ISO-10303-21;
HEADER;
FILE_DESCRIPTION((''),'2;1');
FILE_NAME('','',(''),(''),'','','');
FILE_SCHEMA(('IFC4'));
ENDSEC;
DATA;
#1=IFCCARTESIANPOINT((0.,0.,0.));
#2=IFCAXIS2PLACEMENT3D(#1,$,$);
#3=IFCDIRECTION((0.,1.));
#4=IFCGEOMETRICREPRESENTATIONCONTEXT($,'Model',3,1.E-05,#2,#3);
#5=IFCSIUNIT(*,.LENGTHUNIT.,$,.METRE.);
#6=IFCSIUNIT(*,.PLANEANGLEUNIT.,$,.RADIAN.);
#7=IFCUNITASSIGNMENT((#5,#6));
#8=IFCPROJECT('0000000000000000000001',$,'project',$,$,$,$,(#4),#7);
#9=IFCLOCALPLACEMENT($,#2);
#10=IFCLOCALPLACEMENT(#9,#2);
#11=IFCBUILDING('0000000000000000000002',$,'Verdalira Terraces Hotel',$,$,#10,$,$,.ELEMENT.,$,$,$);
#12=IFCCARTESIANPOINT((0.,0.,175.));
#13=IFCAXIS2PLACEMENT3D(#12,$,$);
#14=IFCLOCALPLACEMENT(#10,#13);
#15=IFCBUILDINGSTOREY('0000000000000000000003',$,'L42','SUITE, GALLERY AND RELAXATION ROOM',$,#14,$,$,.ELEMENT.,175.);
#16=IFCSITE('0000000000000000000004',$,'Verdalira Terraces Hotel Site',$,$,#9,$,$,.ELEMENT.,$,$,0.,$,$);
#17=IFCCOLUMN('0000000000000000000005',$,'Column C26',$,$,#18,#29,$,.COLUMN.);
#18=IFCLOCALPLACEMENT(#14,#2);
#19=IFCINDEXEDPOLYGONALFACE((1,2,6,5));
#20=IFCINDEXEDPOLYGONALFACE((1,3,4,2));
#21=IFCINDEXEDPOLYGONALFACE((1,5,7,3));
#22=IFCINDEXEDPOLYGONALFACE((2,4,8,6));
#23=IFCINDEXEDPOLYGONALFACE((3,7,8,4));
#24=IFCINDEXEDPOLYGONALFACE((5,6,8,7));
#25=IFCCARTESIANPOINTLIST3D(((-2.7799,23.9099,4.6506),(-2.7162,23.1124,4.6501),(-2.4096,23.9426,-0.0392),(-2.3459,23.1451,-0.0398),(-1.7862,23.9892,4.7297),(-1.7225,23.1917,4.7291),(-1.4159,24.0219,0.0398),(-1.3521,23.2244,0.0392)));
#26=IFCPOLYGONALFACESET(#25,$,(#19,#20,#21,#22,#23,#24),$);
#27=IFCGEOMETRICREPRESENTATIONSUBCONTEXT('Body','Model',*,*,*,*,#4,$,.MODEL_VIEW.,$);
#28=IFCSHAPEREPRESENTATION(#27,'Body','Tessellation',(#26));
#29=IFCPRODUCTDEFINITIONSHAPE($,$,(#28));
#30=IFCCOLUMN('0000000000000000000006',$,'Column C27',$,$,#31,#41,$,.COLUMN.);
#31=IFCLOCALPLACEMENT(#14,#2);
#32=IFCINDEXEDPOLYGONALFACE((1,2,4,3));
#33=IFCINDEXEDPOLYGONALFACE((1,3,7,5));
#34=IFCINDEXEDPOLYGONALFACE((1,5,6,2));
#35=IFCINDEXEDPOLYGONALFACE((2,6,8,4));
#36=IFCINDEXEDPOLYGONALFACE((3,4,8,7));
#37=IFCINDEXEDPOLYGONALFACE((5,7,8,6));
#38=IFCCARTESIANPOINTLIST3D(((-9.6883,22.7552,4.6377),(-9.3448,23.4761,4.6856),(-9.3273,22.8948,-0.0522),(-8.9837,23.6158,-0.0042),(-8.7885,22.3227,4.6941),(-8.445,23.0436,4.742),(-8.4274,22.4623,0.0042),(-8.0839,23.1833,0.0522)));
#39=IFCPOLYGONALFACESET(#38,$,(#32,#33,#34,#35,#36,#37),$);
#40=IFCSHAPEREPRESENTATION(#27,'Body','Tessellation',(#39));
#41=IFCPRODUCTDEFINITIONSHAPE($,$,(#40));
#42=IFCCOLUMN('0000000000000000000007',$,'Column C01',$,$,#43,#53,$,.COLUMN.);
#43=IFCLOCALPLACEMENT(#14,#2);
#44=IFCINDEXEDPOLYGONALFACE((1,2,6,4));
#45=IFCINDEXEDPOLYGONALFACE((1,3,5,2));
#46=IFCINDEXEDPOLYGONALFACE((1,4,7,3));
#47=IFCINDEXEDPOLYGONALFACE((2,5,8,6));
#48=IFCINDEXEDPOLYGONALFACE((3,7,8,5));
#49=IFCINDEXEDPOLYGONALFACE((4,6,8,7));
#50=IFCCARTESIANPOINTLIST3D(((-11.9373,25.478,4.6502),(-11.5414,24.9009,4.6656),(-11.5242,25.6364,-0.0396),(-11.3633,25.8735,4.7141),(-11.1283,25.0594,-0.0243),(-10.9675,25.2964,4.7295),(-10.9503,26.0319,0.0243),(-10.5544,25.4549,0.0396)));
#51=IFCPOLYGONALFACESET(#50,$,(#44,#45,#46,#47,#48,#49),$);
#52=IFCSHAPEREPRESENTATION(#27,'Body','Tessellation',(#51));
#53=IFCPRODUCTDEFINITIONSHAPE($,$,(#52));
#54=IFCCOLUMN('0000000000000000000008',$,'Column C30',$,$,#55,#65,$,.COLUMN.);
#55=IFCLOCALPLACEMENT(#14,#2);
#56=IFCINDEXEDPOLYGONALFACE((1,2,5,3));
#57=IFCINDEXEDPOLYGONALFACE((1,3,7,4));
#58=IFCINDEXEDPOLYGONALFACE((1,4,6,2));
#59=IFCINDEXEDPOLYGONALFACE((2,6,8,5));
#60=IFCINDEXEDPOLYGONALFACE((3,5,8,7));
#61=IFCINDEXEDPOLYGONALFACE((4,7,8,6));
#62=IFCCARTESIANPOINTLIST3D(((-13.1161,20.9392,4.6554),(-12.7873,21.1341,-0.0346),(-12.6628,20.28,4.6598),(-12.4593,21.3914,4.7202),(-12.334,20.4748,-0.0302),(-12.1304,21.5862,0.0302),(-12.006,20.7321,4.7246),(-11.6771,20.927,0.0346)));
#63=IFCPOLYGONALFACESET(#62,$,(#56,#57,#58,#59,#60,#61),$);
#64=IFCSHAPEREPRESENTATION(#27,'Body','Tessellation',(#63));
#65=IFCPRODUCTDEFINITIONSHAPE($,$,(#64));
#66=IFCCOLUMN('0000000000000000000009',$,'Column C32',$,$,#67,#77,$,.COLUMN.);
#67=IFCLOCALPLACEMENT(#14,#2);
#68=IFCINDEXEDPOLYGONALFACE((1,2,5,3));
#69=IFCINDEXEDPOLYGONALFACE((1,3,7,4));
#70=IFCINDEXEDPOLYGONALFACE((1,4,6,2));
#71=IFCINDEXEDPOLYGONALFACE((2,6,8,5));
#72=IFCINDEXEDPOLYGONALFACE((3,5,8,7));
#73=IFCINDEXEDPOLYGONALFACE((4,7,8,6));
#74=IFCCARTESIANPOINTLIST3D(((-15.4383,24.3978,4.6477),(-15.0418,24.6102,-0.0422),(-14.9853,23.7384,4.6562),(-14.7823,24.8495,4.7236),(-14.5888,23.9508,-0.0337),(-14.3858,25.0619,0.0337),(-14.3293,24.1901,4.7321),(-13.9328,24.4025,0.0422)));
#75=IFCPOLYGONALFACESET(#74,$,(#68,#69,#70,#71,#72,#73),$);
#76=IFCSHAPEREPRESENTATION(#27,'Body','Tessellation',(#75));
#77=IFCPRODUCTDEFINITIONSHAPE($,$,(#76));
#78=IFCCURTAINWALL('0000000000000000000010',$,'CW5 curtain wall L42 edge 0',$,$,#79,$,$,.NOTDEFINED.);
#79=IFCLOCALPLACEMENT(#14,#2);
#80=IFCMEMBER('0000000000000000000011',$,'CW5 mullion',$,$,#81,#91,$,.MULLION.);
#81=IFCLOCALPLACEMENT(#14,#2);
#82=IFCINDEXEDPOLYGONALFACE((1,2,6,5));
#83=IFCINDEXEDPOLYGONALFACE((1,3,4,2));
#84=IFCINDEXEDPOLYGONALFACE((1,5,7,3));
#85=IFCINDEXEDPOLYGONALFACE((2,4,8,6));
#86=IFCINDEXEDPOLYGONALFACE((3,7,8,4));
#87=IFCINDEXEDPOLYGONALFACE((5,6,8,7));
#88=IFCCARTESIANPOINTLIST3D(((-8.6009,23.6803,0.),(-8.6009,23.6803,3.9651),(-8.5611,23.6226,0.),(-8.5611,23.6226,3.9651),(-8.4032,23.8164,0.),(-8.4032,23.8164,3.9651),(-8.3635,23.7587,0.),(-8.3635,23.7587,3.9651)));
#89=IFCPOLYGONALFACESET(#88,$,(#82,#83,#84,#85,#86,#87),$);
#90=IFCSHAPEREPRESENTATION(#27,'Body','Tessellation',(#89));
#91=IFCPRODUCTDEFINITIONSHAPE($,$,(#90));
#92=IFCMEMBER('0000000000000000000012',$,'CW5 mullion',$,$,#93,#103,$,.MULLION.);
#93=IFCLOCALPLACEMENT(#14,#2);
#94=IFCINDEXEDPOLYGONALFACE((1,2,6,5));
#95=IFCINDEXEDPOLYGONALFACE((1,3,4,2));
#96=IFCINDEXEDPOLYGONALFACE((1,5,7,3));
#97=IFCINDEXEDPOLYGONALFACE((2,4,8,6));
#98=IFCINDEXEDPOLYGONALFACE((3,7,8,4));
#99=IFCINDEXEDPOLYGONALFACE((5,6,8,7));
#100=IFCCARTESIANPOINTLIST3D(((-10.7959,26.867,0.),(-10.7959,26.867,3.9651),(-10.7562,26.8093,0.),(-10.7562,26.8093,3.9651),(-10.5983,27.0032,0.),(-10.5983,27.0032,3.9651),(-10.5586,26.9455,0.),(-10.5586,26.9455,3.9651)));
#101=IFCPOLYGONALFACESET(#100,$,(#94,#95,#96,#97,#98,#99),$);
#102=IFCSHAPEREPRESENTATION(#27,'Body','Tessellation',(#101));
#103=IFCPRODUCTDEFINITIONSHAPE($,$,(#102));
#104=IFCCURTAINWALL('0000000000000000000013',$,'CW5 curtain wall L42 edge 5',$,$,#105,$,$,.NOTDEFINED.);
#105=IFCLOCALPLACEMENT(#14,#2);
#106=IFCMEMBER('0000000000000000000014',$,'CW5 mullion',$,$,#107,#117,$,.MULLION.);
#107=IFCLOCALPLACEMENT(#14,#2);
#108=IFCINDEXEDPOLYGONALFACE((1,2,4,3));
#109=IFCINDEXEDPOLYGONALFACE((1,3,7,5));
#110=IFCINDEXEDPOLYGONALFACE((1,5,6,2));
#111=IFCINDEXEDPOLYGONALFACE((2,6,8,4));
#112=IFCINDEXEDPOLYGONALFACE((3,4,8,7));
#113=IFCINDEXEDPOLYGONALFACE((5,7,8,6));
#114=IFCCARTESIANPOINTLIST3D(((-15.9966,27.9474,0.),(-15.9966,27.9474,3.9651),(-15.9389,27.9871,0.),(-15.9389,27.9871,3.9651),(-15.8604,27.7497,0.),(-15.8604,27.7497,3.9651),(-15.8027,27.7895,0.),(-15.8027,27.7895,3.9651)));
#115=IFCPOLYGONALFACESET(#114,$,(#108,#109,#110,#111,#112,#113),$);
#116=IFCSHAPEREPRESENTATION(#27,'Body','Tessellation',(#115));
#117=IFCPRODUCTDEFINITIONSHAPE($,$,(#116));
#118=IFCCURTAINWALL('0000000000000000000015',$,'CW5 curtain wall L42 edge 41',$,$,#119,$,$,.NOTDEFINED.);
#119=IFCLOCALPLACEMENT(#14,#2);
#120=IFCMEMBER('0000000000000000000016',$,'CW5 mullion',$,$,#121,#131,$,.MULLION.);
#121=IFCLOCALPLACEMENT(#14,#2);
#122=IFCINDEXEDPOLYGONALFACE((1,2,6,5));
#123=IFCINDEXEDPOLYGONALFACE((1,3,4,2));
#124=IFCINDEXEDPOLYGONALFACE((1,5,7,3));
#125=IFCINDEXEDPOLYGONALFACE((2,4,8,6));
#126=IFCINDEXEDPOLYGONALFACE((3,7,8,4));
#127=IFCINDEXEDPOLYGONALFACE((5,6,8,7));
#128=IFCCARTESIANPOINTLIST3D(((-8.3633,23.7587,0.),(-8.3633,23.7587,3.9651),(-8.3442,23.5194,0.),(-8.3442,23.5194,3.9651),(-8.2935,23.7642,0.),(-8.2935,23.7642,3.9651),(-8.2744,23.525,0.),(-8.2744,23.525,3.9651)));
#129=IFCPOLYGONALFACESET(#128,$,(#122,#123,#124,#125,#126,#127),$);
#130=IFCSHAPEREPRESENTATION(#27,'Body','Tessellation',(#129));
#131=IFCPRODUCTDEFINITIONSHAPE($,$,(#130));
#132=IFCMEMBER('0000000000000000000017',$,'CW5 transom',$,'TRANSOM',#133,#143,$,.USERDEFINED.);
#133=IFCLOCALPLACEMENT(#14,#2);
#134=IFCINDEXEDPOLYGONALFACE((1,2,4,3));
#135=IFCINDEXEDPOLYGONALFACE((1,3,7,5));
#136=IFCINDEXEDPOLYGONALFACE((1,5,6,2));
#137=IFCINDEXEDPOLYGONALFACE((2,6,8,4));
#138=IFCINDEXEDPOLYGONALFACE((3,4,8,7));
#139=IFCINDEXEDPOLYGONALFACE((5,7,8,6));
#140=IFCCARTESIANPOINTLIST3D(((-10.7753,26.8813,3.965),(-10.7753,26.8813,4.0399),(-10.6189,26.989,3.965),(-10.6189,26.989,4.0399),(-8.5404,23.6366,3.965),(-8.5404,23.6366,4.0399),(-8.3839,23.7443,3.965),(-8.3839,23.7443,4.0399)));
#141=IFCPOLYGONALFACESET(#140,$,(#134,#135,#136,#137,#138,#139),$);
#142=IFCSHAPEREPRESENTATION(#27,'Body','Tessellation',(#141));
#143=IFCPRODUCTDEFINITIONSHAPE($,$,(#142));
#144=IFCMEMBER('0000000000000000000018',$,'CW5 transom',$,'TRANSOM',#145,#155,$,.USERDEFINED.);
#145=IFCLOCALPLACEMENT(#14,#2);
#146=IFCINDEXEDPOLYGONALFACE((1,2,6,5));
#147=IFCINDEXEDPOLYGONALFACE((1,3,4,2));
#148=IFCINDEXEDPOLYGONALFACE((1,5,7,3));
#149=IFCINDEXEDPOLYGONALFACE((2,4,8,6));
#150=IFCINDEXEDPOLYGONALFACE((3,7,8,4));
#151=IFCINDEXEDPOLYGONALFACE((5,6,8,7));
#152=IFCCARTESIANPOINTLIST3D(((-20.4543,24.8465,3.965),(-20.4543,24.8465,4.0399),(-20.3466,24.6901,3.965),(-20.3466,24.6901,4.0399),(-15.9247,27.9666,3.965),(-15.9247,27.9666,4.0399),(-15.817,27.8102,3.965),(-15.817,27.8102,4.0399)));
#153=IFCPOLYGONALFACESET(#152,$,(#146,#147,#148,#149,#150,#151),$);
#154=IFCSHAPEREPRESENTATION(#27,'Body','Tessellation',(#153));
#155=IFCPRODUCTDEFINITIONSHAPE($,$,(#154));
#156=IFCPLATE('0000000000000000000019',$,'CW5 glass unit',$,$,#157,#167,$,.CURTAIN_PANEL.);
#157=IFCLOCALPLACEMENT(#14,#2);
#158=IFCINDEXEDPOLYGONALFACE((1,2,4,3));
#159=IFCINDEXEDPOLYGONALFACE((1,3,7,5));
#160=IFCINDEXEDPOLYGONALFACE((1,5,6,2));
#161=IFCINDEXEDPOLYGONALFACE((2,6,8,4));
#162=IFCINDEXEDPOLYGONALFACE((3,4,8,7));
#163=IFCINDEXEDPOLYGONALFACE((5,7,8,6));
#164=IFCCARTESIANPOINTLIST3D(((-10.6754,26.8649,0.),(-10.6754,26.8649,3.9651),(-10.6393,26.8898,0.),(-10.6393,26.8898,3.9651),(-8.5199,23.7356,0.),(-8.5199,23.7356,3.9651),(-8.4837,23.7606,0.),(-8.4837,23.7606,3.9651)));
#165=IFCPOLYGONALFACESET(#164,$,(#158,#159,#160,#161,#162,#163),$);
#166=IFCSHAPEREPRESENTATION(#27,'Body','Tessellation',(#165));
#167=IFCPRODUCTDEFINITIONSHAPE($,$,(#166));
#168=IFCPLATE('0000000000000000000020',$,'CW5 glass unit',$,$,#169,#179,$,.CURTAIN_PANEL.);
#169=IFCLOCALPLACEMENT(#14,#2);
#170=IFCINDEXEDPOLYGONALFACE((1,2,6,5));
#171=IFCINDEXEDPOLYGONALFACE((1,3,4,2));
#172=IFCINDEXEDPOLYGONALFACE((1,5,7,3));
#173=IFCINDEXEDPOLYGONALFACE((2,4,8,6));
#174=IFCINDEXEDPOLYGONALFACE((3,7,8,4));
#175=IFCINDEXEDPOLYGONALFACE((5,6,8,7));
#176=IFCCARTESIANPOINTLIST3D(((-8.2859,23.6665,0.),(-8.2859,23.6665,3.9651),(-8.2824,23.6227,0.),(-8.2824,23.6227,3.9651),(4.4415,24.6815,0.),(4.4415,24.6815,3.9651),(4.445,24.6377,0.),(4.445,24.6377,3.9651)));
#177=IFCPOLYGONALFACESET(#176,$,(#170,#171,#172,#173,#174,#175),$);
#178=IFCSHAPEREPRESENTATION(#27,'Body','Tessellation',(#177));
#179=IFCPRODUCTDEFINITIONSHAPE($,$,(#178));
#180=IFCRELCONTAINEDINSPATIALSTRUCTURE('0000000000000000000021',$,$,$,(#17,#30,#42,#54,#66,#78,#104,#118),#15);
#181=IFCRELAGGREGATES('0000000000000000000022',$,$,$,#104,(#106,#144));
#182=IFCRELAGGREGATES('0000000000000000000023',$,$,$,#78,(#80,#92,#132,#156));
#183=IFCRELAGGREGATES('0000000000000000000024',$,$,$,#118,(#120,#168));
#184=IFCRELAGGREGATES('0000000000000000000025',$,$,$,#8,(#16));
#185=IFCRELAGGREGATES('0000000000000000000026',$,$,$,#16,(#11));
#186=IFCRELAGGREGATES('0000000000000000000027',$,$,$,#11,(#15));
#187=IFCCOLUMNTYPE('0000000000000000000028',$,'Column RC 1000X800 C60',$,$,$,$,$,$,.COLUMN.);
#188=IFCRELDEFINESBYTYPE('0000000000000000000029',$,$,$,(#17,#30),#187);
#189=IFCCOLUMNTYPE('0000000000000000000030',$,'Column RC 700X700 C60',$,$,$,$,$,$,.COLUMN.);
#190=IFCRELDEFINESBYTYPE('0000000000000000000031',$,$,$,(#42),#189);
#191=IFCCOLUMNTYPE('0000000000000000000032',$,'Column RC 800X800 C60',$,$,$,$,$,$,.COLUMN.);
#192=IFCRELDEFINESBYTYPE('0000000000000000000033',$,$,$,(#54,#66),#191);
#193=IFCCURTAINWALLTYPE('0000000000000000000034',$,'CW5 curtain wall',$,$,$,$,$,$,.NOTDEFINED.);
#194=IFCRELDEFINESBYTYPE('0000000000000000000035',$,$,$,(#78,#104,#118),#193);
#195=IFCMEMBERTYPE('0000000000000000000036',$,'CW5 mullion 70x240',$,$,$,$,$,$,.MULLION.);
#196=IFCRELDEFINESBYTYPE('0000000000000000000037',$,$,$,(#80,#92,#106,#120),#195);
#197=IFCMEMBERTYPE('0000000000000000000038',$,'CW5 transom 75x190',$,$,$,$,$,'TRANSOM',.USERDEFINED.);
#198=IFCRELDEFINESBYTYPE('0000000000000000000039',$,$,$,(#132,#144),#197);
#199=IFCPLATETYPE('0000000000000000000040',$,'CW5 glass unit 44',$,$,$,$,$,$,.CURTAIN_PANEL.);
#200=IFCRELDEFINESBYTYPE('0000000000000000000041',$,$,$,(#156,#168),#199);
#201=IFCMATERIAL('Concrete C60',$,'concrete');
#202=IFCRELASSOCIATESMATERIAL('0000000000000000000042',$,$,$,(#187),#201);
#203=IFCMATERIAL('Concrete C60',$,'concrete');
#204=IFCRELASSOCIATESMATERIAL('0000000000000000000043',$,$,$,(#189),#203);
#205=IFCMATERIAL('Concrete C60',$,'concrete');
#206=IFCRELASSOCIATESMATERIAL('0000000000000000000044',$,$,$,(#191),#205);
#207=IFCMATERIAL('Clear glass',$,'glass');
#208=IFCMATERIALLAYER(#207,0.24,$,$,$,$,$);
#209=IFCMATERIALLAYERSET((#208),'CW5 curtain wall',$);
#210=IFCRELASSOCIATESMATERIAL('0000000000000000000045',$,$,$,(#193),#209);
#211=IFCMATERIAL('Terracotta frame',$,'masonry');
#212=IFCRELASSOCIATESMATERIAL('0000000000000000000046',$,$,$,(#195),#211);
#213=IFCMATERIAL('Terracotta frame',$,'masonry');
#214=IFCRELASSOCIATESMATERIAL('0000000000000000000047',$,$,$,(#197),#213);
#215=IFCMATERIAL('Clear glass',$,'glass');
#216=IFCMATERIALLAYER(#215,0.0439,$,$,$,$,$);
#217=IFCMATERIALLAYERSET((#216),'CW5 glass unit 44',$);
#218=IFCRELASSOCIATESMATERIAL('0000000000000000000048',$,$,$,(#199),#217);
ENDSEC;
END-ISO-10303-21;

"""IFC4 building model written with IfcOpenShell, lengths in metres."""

from ifc_helpers import new_model, si_unit, direction, frame, origin, origin_2d, place, context, subcontext, project, spatial, rectangle, extrude, material, layer, layer_set, material_profile, profile_set, type_object, element, aggregate, save


model = new_model("IFC4")

# Units and contexts
model_context = context("Model", 3, precision=1e-05, world=origin(), true_north=direction((0.0, 1.0)))
body_context = subcontext(model_context, "Body", "Model", "MODEL_VIEW")
ifc_project = project(units=[si_unit("LENGTHUNIT", "METRE"), si_unit("PLANEANGLEUNIT", "RADIAN")], contexts=[model_context])

# Site, building, storey
site_placement = place(None, origin())
site = spatial("IfcSite", under=ifc_project, at=site_placement, Name="Verdalira Terraces Hotel Site", CompositionType="ELEMENT", RefElevation=0.0)
building_placement = place(site_placement, origin())
building = spatial("IfcBuilding", under=site, at=building_placement, Name="Verdalira Terraces Hotel", CompositionType="ELEMENT")
storey_placement = place(building_placement, frame((0.0, 0.0, 175.0)))
storey = spatial("IfcBuildingStorey", under=building, at=storey_placement, Name="L42", Description="SUITE, GALLERY AND RELAXATION ROOM", CompositionType="ELEMENT", Elevation=175.0)

# Columns
ifc_material_1 = material(Name="Concrete C60", Category="concrete")
ifc_material_profile_1 = material_profile(ifc_material_1, rectangle(XDim=1.0, YDim=0.8, at=origin_2d()), Name="RC 1000X800")
ifc_profile_set_1 = profile_set([ifc_material_profile_1], Name="Concrete C60")
column_type_1 = type_object("IfcColumnType", Name="Column RC 1000X800 C60", PredefinedType="COLUMN", material=ifc_profile_set_1)
column_1_placement = place(storey_placement, frame((-1.8809, 23.5835, 0.0), z_axis=(-0.078722, -0.006954, 0.996872), x_axis=(-0.99371, -0.07934, -0.079026)))
element("IfcColumn", 1, at=column_1_placement, inside=storey, type_object=column_type_1, Name="Column C26", PredefinedType="COLUMN", context=body_context, shape_type="SweptSolid", body=[
    extrude(rectangle(XDim=1.0, YDim=0.8, at=origin_2d()), origin(), (0.0, 0.0, 1.0), 4.7046),
])
column_2_placement = place(storey_placement, frame((-8.7056, 23.0391, 0.0), z_axis=(-0.07673, -0.029675, 0.99661), x_axis=(0.899869, -0.432498, 0.056404)))
element("IfcColumn", 2, at=column_2_placement, inside=storey, type_object=column_type_1, Name="Column C27", PredefinedType="COLUMN", context=body_context, shape_type="SweptSolid", body=[
    extrude(rectangle(XDim=1.0, YDim=0.8, at=origin_2d()), origin(), (0.0, 0.0, 1.0), 4.7058),
])
ifc_material_2 = material(Name="Concrete C60", Category="concrete")
ifc_material_profile_2 = material_profile(ifc_material_2, rectangle(XDim=0.7, YDim=0.7, at=origin_2d()), Name="RC 700X700")
ifc_profile_set_2 = profile_set([ifc_material_profile_2], Name="Concrete C60")
column_type_2 = type_object("IfcColumnType", Name="Column RC 700X700 C60", PredefinedType="COLUMN", material=ifc_profile_set_2)
column_3_placement = place(storey_placement, frame((-11.0393, 25.5457, 0.0), z_axis=(-0.08769, -0.033635, 0.99558), x_axis=(-0.565591, 0.824394, -0.021965)))
element("IfcColumn", 3, at=column_3_placement, inside=storey, type_object=column_type_2, Name="Column C01", PredefinedType="COLUMN", context=body_context, shape_type="SweptSolid", body=[
    extrude(rectangle(XDim=0.7, YDim=0.7, at=origin_2d()), origin(), (0.0, 0.0, 1.0), 4.7107),
])
ifc_material_3 = material(Name="Concrete C60", Category="concrete")
ifc_material_profile_3 = material_profile(ifc_material_3, rectangle(XDim=0.8, YDim=0.8, at=origin_2d()), Name="RC 800X800")
ifc_profile_set_3 = profile_set([ifc_material_profile_3], Name="Concrete C60")
column_type_3 = type_object("IfcColumnType", Name="Column RC 800X800 C60", PredefinedType="COLUMN", material=ifc_profile_set_3)
column_4_placement = place(storey_placement, frame((-12.2322, 21.0305, 0.0), z_axis=(-0.069888, -0.041404, 0.996695), x_axis=(-0.566602, 0.823974, -0.005501)))
element("IfcColumn", 4, at=column_4_placement, inside=storey, type_object=column_type_3, Name="Column C30", PredefinedType="COLUMN", context=body_context, shape_type="SweptSolid", body=[
    extrude(rectangle(XDim=0.8, YDim=0.8, at=origin_2d()), origin(), (0.0, 0.0, 1.0), 4.7056),
])
column_5_placement = place(storey_placement, frame((-14.4873, 24.5063, 0.0), z_axis=(-0.084153, -0.045082, 0.995432), x_axis=(-0.56623, 0.82418, -0.010543)))
element("IfcColumn", 5, at=column_5_placement, inside=storey, type_object=column_type_3, Name="Column C32", PredefinedType="COLUMN", context=body_context, shape_type="SweptSolid", body=[
    extrude(rectangle(XDim=0.8, YDim=0.8, at=origin_2d()), origin(), (0.0, 0.0, 1.0), 4.7114),
])

# Curtain wall, members
ifc_material_4 = material(Name="Clear glass", Category="glass")
ifc_layer_1 = layer(ifc_material_4, 0.24)
ifc_layer_set_1 = layer_set([ifc_layer_1], Name="CW5 curtain wall")
curtain_wall_type = type_object("IfcCurtainWallType", Name="CW5 curtain wall", PredefinedType="NOTDEFINED", material=ifc_layer_set_1)
curtain_wall_1_placement = place(storey_placement, origin())
curtain_wall_1 = element("IfcCurtainWall", 6, at=curtain_wall_1_placement, inside=storey, type_object=curtain_wall_type, Name="CW5 curtain wall L42 edge 0", PredefinedType="NOTDEFINED")
ifc_material_5 = material(Name="Terracotta frame", Category="masonry")
ifc_material_profile_4 = material_profile(ifc_material_5, rectangle(XDim=0.0701, YDim=0.24, at=origin_2d()), Name="MU 70x240")
ifc_profile_set_4 = profile_set([ifc_material_profile_4], Name="Terracotta frame")
member_type_1 = type_object("IfcMemberType", Name="CW5 mullion 70x240", PredefinedType="MULLION", material=ifc_profile_set_4)
member_1_placement = place(storey_placement, frame((-8.4822, 23.7195, 0.0), z_axis=(0.0, 0.0, 1.0), x_axis=(-0.567269, 0.823533, 0.0)))
member_1 = element("IfcMember", 7, at=member_1_placement, type_object=member_type_1, Name="CW5 mullion", PredefinedType="MULLION", context=body_context, shape_type="SweptSolid", body=[
    extrude(rectangle(XDim=0.0701, YDim=0.24, at=origin_2d()), origin(), (0.0, 0.0, 1.0), 3.9651),
])
member_2_placement = place(storey_placement, frame((-10.6772, 26.9062, 0.0), z_axis=(0.0, 0.0, 1.0), x_axis=(-0.567269, 0.823533, 0.0)))
member_2 = element("IfcMember", 8, at=member_2_placement, type_object=member_type_1, Name="CW5 mullion", PredefinedType="MULLION", context=body_context, shape_type="SweptSolid", body=[
    extrude(rectangle(XDim=0.0701, YDim=0.24, at=origin_2d()), origin(), (0.0, 0.0, 1.0), 3.9651),
])

# Curtain walls, members
curtain_wall_2_placement = place(storey_placement, origin())
curtain_wall_2 = element("IfcCurtainWall", 9, at=curtain_wall_2_placement, inside=storey, type_object=curtain_wall_type, Name="CW5 curtain wall L42 edge 5", PredefinedType="NOTDEFINED")
member_3_placement = place(storey_placement, frame((-15.8997, 27.8684, 0.0), z_axis=(0.0, 0.0, 1.0), x_axis=(-0.823533, -0.567269, 0.0)))
member_3 = element("IfcMember", 10, at=member_3_placement, type_object=member_type_1, Name="CW5 mullion", PredefinedType="MULLION", context=body_context, shape_type="SweptSolid", body=[
    extrude(rectangle(XDim=0.0701, YDim=0.24, at=origin_2d()), origin(), (0.0, 0.0, 1.0), 3.9651),
])
curtain_wall_3_placement = place(storey_placement, origin())
curtain_wall_3 = element("IfcCurtainWall", 11, at=curtain_wall_3_placement, inside=storey, type_object=curtain_wall_type, Name="CW5 curtain wall L42 edge 41", PredefinedType="NOTDEFINED")
member_4_placement = place(storey_placement, frame((-8.3188, 23.6418, 0.0), z_axis=(0.0, 0.0, 1.0), x_axis=(-0.996835, -0.079503, 0.0)))
member_4 = element("IfcMember", 12, at=member_4_placement, type_object=member_type_1, Name="CW5 mullion", PredefinedType="MULLION", context=body_context, shape_type="SweptSolid", body=[
    extrude(rectangle(XDim=0.0701, YDim=0.24, at=origin_2d()), origin(), (0.0, 0.0, 1.0), 3.9651),
])

# Members
ifc_material_6 = material(Name="Terracotta frame", Category="masonry")
ifc_material_profile_5 = material_profile(ifc_material_6, rectangle(XDim=0.1899, YDim=0.075, at=origin_2d()), Name="TR 75x190")
ifc_profile_set_5 = profile_set([ifc_material_profile_5], Name="Terracotta frame")
member_type_2 = type_object("IfcMemberType", Name="CW5 transom 75x190", ElementType="TRANSOM", PredefinedType="USERDEFINED", material=ifc_profile_set_5)
member_5_placement = place(storey_placement, frame((-8.4622, 23.6904, 4.0024), z_axis=(-0.567249, 0.823546, 0.0), x_axis=(-0.823546, -0.567249, 0.0)))
member_5 = element("IfcMember", 13, at=member_5_placement, type_object=member_type_2, Name="CW5 transom", ObjectType="TRANSOM", PredefinedType="USERDEFINED", context=body_context, shape_type="SweptSolid", body=[
    extrude(rectangle(XDim=0.1899, YDim=0.075, at=origin_2d()), origin(), (0.0, 0.0, 1.0), 3.9399),
])
member_6_placement = place(storey_placement, frame((-15.8709, 27.8884, 4.0024), z_axis=(-0.823527, -0.567276, 0.0), x_axis=(0.567276, -0.823527, 0.0)))
member_6 = element("IfcMember", 14, at=member_6_placement, type_object=member_type_2, Name="CW5 transom", ObjectType="TRANSOM", PredefinedType="USERDEFINED", context=body_context, shape_type="SweptSolid", body=[
    extrude(rectangle(XDim=0.1899, YDim=0.075, at=origin_2d()), origin(), (0.0, 0.0, 1.0), 5.5002),
])
aggregate(curtain_wall_2, [member_3, member_6])

# Plates
ifc_material_7 = material(Name="Clear glass", Category="glass")
ifc_layer_2 = layer(ifc_material_7, 0.0439)
ifc_layer_set_2 = layer_set([ifc_layer_2], Name="CW5 glass unit 44")
plate_type = type_object("IfcPlateType", Name="CW5 glass unit 44", PredefinedType="CURTAIN_PANEL", material=ifc_layer_set_2)
plate_1_placement = place(storey_placement, frame((-9.5796, 25.3127, 0.0), z_axis=(0.0, 0.0, 1.0), x_axis=(-0.567269, 0.823533, 0.0)))
plate_1 = element("IfcPlate", 15, at=plate_1_placement, type_object=plate_type, Name="CW5 glass unit", PredefinedType="CURTAIN_PANEL", context=body_context, shape_type="SweptSolid", body=[
    extrude(rectangle(XDim=3.7998, YDim=0.0439, at=origin_2d()), origin(), (0.0, 0.0, 1.0), 3.9651),
])
aggregate(curtain_wall_1, [member_1, member_2, member_5, plate_1])
plate_2_placement = place(storey_placement, frame((-1.9204, 24.1521, 0.0), z_axis=(0.0, 0.0, 1.0), x_axis=(-0.996835, -0.079503, 0.0)))
plate_2 = element("IfcPlate", 16, at=plate_2_placement, type_object=plate_type, Name="CW5 glass unit", PredefinedType="CURTAIN_PANEL", context=body_context, shape_type="SweptSolid", body=[
    extrude(rectangle(XDim=12.7678, YDim=0.0439, at=origin_2d()), origin(), (0.0, 0.0, 1.0), 3.9651),
])
aggregate(curtain_wall_3, [member_4, plate_2])

save(model, "model.ifc")
